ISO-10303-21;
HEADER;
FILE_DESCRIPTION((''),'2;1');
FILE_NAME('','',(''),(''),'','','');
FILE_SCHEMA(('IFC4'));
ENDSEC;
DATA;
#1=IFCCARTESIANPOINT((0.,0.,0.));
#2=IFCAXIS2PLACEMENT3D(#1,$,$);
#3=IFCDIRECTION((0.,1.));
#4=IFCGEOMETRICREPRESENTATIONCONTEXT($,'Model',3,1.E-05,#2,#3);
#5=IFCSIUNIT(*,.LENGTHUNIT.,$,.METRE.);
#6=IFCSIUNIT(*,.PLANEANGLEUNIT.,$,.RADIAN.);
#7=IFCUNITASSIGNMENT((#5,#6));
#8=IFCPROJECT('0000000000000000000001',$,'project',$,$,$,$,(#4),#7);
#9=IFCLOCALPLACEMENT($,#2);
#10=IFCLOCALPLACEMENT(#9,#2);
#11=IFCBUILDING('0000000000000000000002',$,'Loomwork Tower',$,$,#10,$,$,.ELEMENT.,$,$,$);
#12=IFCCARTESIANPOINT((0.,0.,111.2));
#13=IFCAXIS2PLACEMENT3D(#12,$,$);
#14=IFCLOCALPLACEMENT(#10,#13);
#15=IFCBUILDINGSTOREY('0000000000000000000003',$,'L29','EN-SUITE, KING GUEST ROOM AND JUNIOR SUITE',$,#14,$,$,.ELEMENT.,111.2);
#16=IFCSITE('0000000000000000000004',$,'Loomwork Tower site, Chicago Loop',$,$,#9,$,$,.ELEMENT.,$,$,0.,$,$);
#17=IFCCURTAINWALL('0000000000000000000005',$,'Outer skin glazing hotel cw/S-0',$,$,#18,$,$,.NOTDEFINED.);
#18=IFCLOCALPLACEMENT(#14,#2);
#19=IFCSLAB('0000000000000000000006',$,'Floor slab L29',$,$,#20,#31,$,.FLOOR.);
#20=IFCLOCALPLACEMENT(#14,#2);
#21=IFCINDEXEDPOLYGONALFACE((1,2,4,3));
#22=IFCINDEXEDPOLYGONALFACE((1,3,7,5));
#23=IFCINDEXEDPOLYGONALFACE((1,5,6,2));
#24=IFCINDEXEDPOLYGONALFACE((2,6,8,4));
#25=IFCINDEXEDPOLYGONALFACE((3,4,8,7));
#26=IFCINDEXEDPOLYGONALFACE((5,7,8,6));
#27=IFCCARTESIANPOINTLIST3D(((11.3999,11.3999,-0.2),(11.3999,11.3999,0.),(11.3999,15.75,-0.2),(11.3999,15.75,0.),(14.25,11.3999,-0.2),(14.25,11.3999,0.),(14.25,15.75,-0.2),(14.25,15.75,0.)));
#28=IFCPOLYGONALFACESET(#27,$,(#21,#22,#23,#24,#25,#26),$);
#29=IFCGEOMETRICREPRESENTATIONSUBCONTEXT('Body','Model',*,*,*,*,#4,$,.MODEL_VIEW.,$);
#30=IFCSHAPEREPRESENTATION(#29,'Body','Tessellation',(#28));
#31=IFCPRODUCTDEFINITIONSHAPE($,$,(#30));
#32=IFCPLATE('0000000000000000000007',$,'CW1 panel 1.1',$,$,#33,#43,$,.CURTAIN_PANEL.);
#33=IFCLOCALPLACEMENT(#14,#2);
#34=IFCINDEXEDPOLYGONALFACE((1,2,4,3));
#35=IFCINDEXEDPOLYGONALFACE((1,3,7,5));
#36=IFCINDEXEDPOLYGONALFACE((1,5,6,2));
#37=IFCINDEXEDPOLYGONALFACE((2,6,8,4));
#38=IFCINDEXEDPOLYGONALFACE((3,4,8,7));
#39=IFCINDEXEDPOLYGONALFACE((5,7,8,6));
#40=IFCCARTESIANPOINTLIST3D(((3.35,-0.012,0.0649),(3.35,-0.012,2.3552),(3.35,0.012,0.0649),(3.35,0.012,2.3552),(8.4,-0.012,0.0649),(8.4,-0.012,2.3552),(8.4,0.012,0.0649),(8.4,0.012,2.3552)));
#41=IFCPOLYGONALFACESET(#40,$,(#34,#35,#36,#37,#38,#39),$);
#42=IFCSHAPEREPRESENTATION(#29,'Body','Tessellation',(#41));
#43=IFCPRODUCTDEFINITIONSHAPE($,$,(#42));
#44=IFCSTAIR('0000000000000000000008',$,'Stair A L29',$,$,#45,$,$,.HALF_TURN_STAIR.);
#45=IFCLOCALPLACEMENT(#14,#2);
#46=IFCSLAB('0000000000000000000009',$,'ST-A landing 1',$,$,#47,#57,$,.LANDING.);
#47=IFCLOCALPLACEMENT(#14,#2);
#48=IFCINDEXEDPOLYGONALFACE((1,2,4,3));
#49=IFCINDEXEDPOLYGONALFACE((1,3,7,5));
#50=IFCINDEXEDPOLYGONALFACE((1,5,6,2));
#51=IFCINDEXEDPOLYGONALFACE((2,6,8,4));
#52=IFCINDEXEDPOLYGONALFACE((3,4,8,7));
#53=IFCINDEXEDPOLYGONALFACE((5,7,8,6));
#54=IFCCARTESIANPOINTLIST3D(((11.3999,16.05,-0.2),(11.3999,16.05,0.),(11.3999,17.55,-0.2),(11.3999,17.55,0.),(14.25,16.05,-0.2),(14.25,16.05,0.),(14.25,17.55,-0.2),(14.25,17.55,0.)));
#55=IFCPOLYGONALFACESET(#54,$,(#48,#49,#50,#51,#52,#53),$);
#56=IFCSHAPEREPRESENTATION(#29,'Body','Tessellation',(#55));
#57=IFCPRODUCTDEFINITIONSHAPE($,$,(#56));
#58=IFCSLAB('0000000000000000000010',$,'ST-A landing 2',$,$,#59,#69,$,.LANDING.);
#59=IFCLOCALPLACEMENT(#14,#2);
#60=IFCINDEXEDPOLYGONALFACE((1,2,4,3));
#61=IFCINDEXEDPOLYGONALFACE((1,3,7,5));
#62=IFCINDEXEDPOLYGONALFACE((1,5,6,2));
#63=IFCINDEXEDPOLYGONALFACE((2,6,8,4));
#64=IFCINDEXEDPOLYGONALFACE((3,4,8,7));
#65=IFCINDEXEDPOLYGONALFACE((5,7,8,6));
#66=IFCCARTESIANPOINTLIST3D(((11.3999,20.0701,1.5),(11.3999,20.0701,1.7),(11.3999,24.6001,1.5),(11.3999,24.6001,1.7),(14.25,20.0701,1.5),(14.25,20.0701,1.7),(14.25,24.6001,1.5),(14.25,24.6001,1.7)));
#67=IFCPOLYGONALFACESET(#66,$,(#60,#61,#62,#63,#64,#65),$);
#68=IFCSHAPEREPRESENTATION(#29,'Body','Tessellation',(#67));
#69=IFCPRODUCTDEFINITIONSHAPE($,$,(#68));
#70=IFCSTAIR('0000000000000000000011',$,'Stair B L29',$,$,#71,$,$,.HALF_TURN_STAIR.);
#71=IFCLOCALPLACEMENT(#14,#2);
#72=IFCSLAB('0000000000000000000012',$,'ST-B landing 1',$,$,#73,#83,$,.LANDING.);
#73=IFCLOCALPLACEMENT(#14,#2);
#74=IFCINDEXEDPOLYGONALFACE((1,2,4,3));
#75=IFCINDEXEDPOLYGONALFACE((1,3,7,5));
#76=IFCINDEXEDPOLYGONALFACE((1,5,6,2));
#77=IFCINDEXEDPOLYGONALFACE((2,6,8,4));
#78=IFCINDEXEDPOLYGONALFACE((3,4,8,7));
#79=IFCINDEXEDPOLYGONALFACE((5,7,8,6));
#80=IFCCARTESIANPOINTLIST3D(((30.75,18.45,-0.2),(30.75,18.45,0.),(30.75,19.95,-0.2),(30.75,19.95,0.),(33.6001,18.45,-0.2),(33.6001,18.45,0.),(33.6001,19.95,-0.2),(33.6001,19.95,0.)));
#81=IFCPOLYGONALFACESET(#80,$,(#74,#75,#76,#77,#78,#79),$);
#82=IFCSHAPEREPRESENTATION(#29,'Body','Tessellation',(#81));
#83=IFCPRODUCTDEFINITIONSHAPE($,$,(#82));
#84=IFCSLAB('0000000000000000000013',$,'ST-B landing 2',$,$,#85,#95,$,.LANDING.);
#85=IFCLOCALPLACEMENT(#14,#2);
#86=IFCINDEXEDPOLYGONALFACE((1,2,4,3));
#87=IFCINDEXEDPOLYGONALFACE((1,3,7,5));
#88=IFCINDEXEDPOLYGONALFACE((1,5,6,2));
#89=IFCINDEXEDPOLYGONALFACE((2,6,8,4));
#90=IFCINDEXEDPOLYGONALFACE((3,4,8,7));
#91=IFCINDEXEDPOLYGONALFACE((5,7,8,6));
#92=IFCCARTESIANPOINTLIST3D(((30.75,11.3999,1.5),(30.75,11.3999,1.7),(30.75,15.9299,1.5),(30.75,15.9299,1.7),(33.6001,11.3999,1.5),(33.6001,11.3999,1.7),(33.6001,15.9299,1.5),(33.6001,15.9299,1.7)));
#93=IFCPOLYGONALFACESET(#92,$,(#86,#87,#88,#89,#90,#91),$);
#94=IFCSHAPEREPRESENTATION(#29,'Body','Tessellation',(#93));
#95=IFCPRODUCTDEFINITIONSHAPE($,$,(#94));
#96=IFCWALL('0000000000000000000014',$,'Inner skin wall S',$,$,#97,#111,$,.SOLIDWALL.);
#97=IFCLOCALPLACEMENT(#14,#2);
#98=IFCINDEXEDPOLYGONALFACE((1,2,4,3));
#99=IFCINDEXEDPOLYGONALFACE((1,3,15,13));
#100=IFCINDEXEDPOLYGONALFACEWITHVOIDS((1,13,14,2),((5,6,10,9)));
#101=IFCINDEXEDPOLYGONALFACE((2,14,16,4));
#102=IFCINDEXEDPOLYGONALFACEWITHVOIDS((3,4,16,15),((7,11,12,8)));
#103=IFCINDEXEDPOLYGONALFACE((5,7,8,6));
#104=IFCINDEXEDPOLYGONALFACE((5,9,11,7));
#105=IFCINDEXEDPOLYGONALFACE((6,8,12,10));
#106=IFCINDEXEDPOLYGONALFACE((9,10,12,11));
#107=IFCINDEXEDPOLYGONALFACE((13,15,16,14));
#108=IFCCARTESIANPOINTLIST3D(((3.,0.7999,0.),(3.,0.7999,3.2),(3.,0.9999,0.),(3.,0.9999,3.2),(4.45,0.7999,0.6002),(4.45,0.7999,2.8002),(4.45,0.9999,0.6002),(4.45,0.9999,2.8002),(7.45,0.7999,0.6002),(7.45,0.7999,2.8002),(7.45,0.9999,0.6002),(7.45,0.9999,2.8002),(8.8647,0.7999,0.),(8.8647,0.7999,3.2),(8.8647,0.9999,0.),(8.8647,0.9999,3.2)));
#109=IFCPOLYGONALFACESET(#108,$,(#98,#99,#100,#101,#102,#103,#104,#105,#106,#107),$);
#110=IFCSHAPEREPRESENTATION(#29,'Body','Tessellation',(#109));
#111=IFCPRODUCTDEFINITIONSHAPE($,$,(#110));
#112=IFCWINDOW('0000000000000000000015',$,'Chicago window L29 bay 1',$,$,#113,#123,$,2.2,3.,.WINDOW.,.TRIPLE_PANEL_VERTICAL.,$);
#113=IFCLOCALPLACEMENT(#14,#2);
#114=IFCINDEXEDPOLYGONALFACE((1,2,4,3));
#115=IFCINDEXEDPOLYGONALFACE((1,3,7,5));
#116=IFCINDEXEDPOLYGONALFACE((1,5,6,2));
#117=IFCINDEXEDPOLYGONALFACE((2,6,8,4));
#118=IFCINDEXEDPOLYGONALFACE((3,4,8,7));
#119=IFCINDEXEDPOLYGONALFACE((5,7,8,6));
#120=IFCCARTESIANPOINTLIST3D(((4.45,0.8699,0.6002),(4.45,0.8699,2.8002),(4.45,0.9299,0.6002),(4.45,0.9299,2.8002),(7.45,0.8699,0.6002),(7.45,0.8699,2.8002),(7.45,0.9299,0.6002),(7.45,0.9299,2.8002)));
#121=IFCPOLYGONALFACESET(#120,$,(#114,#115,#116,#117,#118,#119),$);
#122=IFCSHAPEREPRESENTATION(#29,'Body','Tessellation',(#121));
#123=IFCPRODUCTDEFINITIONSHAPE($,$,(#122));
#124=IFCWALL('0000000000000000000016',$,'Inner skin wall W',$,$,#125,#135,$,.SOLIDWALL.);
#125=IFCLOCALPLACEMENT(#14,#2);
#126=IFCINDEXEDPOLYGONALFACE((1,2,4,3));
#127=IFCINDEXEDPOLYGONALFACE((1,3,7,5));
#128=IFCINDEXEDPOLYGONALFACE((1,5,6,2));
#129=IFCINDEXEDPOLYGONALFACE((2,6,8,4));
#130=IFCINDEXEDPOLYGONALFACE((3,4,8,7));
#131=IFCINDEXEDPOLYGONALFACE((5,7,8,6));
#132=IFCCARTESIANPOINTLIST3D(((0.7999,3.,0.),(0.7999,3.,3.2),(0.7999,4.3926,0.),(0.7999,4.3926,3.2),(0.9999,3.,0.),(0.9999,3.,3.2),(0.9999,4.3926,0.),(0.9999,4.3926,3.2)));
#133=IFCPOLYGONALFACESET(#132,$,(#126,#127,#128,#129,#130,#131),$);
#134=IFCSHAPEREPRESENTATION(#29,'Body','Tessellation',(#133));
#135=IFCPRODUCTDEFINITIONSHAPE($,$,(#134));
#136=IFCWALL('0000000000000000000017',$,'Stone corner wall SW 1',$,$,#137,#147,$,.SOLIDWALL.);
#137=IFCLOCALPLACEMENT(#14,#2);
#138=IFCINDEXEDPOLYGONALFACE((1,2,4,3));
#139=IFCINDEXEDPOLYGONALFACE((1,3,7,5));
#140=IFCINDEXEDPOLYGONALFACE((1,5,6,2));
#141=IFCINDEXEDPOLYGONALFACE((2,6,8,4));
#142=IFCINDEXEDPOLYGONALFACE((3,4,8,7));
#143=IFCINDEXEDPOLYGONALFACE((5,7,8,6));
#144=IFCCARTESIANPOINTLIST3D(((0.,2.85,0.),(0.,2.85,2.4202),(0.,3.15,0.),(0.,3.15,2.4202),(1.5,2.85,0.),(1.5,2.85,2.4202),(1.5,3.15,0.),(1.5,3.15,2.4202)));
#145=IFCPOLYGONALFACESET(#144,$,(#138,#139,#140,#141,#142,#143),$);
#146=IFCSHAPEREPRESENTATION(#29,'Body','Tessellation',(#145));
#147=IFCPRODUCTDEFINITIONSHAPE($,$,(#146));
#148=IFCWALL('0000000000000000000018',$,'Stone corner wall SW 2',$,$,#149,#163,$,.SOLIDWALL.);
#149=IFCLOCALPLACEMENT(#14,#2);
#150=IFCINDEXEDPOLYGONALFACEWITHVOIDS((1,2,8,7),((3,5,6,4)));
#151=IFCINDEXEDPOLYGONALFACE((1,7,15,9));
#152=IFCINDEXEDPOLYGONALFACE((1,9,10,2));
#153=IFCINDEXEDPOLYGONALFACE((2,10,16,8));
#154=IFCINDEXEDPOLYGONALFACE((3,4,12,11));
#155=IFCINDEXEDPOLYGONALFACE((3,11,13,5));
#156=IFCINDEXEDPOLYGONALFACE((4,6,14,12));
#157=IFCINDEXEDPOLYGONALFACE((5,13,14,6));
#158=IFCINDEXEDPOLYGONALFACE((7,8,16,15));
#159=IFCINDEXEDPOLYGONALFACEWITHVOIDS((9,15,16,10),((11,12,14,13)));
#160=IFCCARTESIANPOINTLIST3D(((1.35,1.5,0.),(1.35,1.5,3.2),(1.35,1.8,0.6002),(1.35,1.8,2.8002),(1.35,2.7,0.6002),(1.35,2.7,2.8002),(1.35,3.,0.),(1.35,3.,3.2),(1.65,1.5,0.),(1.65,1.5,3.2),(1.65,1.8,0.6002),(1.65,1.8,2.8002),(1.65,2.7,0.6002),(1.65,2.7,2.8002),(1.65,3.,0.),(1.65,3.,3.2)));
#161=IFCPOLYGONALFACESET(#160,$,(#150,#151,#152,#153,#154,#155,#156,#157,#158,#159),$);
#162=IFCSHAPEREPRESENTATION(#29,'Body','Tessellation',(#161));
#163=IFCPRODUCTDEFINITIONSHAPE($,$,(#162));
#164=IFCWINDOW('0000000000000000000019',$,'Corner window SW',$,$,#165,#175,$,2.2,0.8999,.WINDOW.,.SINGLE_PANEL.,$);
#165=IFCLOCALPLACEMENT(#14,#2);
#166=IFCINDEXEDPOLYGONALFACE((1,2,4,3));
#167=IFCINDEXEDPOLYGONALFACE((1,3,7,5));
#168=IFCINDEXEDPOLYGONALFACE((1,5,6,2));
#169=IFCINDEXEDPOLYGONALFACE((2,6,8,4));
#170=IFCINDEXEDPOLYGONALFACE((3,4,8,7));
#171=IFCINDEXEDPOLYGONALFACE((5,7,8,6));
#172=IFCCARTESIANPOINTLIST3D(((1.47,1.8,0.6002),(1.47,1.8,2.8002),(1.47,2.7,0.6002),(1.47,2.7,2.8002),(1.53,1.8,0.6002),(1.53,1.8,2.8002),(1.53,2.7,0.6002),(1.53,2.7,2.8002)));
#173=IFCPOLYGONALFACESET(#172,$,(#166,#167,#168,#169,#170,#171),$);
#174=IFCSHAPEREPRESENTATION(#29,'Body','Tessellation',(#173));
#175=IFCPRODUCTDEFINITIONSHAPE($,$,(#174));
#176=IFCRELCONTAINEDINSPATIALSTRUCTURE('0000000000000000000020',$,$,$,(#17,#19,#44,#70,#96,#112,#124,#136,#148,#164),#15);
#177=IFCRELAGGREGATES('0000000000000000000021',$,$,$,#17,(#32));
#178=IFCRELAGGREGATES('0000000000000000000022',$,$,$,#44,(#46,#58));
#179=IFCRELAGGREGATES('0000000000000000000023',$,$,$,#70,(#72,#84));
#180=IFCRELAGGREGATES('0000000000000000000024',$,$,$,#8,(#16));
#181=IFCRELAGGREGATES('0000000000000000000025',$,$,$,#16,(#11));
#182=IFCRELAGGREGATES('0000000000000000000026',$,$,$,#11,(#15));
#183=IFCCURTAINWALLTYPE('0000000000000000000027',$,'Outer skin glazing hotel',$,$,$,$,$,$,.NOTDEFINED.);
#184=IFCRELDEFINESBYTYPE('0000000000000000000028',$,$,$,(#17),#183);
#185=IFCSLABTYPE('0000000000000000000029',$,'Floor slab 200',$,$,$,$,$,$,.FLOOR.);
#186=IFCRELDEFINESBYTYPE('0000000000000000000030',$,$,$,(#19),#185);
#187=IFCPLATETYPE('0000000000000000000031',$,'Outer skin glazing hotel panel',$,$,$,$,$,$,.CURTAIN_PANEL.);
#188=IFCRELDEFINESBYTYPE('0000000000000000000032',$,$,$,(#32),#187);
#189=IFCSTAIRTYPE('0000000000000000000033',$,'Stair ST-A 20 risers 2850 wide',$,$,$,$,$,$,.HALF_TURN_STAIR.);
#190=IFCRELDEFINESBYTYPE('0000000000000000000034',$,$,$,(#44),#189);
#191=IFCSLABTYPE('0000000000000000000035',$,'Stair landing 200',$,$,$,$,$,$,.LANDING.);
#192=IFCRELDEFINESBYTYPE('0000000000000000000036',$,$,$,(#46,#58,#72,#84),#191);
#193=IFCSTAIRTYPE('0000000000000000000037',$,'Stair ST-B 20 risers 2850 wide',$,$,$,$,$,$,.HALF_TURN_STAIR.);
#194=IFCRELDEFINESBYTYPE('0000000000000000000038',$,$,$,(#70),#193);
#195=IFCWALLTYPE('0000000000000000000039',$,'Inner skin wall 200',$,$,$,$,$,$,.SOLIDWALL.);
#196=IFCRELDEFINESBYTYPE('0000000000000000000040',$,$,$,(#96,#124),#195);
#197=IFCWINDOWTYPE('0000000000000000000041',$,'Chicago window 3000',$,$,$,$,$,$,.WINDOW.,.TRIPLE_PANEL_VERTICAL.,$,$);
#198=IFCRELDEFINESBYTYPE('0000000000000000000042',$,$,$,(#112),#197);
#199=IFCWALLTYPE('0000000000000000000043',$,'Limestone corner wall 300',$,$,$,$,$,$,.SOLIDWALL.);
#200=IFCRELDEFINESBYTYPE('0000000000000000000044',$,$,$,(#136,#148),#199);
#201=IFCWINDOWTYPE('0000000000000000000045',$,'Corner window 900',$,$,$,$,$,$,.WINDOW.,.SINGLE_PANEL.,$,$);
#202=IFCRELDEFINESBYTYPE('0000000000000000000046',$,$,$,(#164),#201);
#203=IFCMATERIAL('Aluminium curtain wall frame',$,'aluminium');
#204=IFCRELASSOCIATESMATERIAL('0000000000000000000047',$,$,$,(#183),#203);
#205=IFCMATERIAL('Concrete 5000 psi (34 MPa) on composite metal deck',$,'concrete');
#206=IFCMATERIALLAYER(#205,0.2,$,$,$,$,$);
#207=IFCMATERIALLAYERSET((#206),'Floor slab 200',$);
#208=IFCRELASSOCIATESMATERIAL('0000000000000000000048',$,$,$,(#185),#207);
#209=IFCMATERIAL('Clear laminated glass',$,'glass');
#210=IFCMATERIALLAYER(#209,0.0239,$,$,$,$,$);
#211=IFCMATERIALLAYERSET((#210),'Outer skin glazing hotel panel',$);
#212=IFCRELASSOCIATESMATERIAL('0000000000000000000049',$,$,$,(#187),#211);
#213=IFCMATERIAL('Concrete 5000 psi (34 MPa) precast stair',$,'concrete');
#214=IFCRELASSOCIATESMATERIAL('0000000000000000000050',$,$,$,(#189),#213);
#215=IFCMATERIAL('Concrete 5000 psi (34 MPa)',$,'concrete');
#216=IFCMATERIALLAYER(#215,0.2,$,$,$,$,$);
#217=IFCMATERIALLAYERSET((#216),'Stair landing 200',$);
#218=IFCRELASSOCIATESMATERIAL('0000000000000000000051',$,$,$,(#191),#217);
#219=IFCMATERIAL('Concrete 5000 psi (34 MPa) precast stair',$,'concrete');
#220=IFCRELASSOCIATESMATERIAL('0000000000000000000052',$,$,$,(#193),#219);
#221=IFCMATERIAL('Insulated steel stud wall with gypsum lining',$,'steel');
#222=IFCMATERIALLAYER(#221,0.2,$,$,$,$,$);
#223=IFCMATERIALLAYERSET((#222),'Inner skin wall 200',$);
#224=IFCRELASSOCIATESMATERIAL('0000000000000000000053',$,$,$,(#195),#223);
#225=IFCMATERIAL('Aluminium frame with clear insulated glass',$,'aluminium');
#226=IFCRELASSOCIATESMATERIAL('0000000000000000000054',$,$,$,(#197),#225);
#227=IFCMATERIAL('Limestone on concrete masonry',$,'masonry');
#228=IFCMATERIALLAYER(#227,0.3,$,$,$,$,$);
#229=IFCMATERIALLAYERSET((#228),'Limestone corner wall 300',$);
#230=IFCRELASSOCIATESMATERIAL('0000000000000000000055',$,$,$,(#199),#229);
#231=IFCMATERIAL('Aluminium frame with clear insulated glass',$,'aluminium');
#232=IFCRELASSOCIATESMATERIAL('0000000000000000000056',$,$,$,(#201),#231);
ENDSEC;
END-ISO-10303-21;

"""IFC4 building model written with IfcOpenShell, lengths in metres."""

from ifc_helpers import new_model, si_unit, direction, frame, frame_2d, origin, origin_2d, place, context, subcontext, project, spatial, polyline, rectangle, outline, extrude, material, layer, layer_set, type_object, element, fill, aggregate, save


model = new_model("IFC4")

# Units and contexts
model_context = context("Model", 3, precision=1e-05, world=origin(), true_north=direction((0.0, 1.0)))
body_context = subcontext(model_context, "Body", "Model", "MODEL_VIEW")
ifc_project = project(units=[si_unit("LENGTHUNIT", "METRE"), si_unit("PLANEANGLEUNIT", "RADIAN")], contexts=[model_context])

# Site, building, storey
site_placement = place(None, origin())
site = spatial("IfcSite", under=ifc_project, at=site_placement, Name="Loomwork Tower site, Chicago Loop", CompositionType="ELEMENT", RefElevation=0.0)
building_placement = place(site_placement, origin())
building = spatial("IfcBuilding", under=site, at=building_placement, Name="Loomwork Tower", CompositionType="ELEMENT")
storey_placement = place(building_placement, frame((0.0, 0.0, 111.2)))
storey = spatial("IfcBuildingStorey", under=building, at=storey_placement, Name="L29", Description="EN-SUITE, KING GUEST ROOM AND JUNIOR SUITE", CompositionType="ELEMENT", Elevation=111.2)

# Curtain wall
ifc_material_1 = material(Name="Aluminium curtain wall frame", Category="aluminium")
curtain_wall_type = type_object("IfcCurtainWallType", Name="Outer skin glazing hotel", PredefinedType="NOTDEFINED", material=ifc_material_1)
curtain_wall_placement = place(storey_placement, origin())
curtain_wall = element("IfcCurtainWall", 1, at=curtain_wall_placement, inside=storey, type_object=curtain_wall_type, Name="Outer skin glazing hotel cw/S-0", PredefinedType="NOTDEFINED")

# Slab
ifc_material_2 = material(Name="Concrete 5000 psi (34 MPa) on composite metal deck", Category="concrete")
ifc_layer_1 = layer(ifc_material_2, 0.2)
ifc_layer_set_1 = layer_set([ifc_layer_1], Name="Floor slab 200")
slab_type_1 = type_object("IfcSlabType", Name="Floor slab 200", PredefinedType="FLOOR", material=ifc_layer_set_1)
slab_1_placement = place(storey_placement, frame((0.0, 0.0, -0.2)))
element("IfcSlab", 2, at=slab_1_placement, inside=storey, type_object=slab_type_1, Name="Floor slab L29", PredefinedType="FLOOR", context=body_context, shape_type="SweptSolid", body=[
    extrude(outline(polyline([(14.25, 15.75), (14.25, 11.3999), (11.3999, 11.3999), (11.3999, 15.75), (14.25, 15.75)])), origin(), (0.0, 0.0, 1.0), 0.2),
])

# Plate
ifc_material_3 = material(Name="Clear laminated glass", Category="glass")
ifc_layer_2 = layer(ifc_material_3, 0.0239)
ifc_layer_set_2 = layer_set([ifc_layer_2], Name="Outer skin glazing hotel panel")
plate_type = type_object("IfcPlateType", Name="Outer skin glazing hotel panel", PredefinedType="CURTAIN_PANEL", material=ifc_layer_set_2)
plate_placement = place(storey_placement, frame((5.875, 0.0, 0.0649), z_axis=(0.0, 0.0, 1.0), x_axis=(1.0, 0.0, 0.0)))
plate = element("IfcPlate", 3, at=plate_placement, type_object=plate_type, Name="CW1 panel 1.1", PredefinedType="CURTAIN_PANEL", context=body_context, shape_type="SweptSolid", body=[
    extrude(rectangle(XDim=5.05, YDim=0.0239, at=origin_2d()), origin(), (0.0, 0.0, 1.0), 2.2903),
])
aggregate(curtain_wall, [plate])

# Stairs, slabs
ifc_material_4 = material(Name="Concrete 5000 psi (34 MPa) precast stair", Category="concrete")
stair_type_1 = type_object("IfcStairType", Name="Stair ST-A 20 risers 2850 wide", PredefinedType="HALF_TURN_STAIR", material=ifc_material_4)
stair_1_placement = place(storey_placement, origin())
stair_1 = element("IfcStair", 4, at=stair_1_placement, inside=storey, type_object=stair_type_1, Name="Stair A L29", PredefinedType="HALF_TURN_STAIR")
ifc_material_5 = material(Name="Concrete 5000 psi (34 MPa)", Category="concrete")
ifc_layer_3 = layer(ifc_material_5, 0.2)
ifc_layer_set_3 = layer_set([ifc_layer_3], Name="Stair landing 200")
slab_type_2 = type_object("IfcSlabType", Name="Stair landing 200", PredefinedType="LANDING", material=ifc_layer_set_3)
slab_2_placement = place(storey_placement, frame((0.0, 0.0, -0.2)))
slab_2 = element("IfcSlab", 5, at=slab_2_placement, type_object=slab_type_2, Name="ST-A landing 1", PredefinedType="LANDING", context=body_context, shape_type="SweptSolid", body=[
    extrude(outline(polyline([(11.3999, 16.05), (14.25, 16.05), (14.25, 17.55), (11.3999, 17.55), (11.3999, 16.05)])), origin(), (0.0, 0.0, 1.0), 0.2),
])
slab_3_placement = place(storey_placement, frame((0.0, 0.0, 1.5)))
slab_3 = element("IfcSlab", 6, at=slab_3_placement, type_object=slab_type_2, Name="ST-A landing 2", PredefinedType="LANDING", context=body_context, shape_type="SweptSolid", body=[
    extrude(outline(polyline([(11.3999, 20.0701), (14.25, 20.0701), (14.25, 24.6001), (11.3999, 24.6001), (11.3999, 20.0701)])), origin(), (0.0, 0.0, 1.0), 0.2),
])
aggregate(stair_1, [slab_2, slab_3])
ifc_material_6 = material(Name="Concrete 5000 psi (34 MPa) precast stair", Category="concrete")
stair_type_2 = type_object("IfcStairType", Name="Stair ST-B 20 risers 2850 wide", PredefinedType="HALF_TURN_STAIR", material=ifc_material_6)
stair_2_placement = place(storey_placement, origin())
stair_2 = element("IfcStair", 7, at=stair_2_placement, inside=storey, type_object=stair_type_2, Name="Stair B L29", PredefinedType="HALF_TURN_STAIR")
slab_4_placement = place(storey_placement, frame((0.0, 0.0, -0.2)))
slab_4 = element("IfcSlab", 8, at=slab_4_placement, type_object=slab_type_2, Name="ST-B landing 1", PredefinedType="LANDING", context=body_context, shape_type="SweptSolid", body=[
    extrude(outline(polyline([(30.75, 18.45), (33.6001, 18.45), (33.6001, 19.95), (30.75, 19.95), (30.75, 18.45)])), origin(), (0.0, 0.0, 1.0), 0.2),
])
slab_5_placement = place(storey_placement, frame((0.0, 0.0, 1.5)))
slab_5 = element("IfcSlab", 9, at=slab_5_placement, type_object=slab_type_2, Name="ST-B landing 2", PredefinedType="LANDING", context=body_context, shape_type="SweptSolid", body=[
    extrude(outline(polyline([(30.75, 11.3999), (33.6001, 11.3999), (33.6001, 15.9299), (30.75, 15.9299), (30.75, 11.3999)])), origin(), (0.0, 0.0, 1.0), 0.2),
])
aggregate(stair_2, [slab_4, slab_5])

# Wall, opening, window
ifc_material_7 = material(Name="Insulated steel stud wall with gypsum lining", Category="steel")
ifc_layer_4 = layer(ifc_material_7, 0.2)
ifc_layer_set_4 = layer_set([ifc_layer_4], Name="Inner skin wall 200")
wall_type_1 = type_object("IfcWallType", Name="Inner skin wall 200", PredefinedType="SOLIDWALL", material=ifc_layer_set_4)
wall_1_placement = place(storey_placement, frame((3.0, 0.8999, 0.0), z_axis=(0.0, 0.0, 1.0), x_axis=(1.0, 0.0, 0.0)))
wall_1 = element("IfcWall", 10, at=wall_1_placement, inside=storey, type_object=wall_type_1, Name="Inner skin wall S", PredefinedType="SOLIDWALL", context=body_context, shape_type="SweptSolid", body=[
    extrude(rectangle(XDim=5.8647, YDim=0.2, at=frame_2d((2.9324, 0.0))), origin(), (0.0, 0.0, 1.0), 3.2),
])
opening_1_placement = place(wall_1_placement, frame((1.45, 0.0, 0.6001)))
opening_1 = element("IfcOpeningElement", 11, at=opening_1_placement, cuts=wall_1, PredefinedType="OPENING", context=body_context, shape_type="SweptSolid", body=[
    extrude(rectangle(XDim=3.0, YDim=2.2, at=frame_2d((1.5, 1.1001))), frame((0.0, 0.1099, 0.0), z_axis=(0.0, -1.0, 0.0), x_axis=(1.0, 0.0, 0.0)), (0.0, 0.0, 1.0), 0.22),
])
ifc_material_8 = material(Name="Aluminium frame with clear insulated glass", Category="aluminium")
window_type_1 = type_object("IfcWindowType", Name="Chicago window 3000", PartitioningType="TRIPLE_PANEL_VERTICAL", PredefinedType="WINDOW", material=ifc_material_8)
window_1_placement = place(opening_1_placement, origin())
window_1 = element("IfcWindow", 12, at=window_1_placement, inside=storey, type_object=window_type_1, Name="Chicago window L29 bay 1", OverallHeight=2.2, OverallWidth=3.0, PartitioningType="TRIPLE_PANEL_VERTICAL", PredefinedType="WINDOW", context=body_context, shape_type="SweptSolid", body=[
    extrude(rectangle(XDim=3.0, YDim=2.2, at=frame_2d((1.5, 1.1001))), frame((0.0, 0.03, 0.0), z_axis=(0.0, -1.0, 0.0), x_axis=(1.0, 0.0, 0.0)), (0.0, 0.0, 1.0), 0.0601),
])
fill(opening_1, window_1)

# Walls
wall_2_placement = place(storey_placement, frame((0.8999, 3.0, 0.0), z_axis=(0.0, 0.0, 1.0), x_axis=(0.0, 1.0, 0.0)))
element("IfcWall", 13, at=wall_2_placement, inside=storey, type_object=wall_type_1, Name="Inner skin wall W", PredefinedType="SOLIDWALL", context=body_context, shape_type="SweptSolid", body=[
    extrude(rectangle(XDim=1.3926, YDim=0.2, at=frame_2d((0.6963, 0.0))), origin(), (0.0, 0.0, 1.0), 3.2),
])
ifc_material_9 = material(Name="Limestone on concrete masonry", Category="masonry")
ifc_layer_5 = layer(ifc_material_9, 0.3)
ifc_layer_set_5 = layer_set([ifc_layer_5], Name="Limestone corner wall 300")
wall_type_2 = type_object("IfcWallType", Name="Limestone corner wall 300", PredefinedType="SOLIDWALL", material=ifc_layer_set_5)
wall_3_placement = place(storey_placement, frame((0.0, 3.0, 0.0), z_axis=(0.0, 0.0, 1.0), x_axis=(1.0, 0.0, 0.0)))
element("IfcWall", 14, at=wall_3_placement, inside=storey, type_object=wall_type_2, Name="Stone corner wall SW 1", PredefinedType="SOLIDWALL", context=body_context, shape_type="SweptSolid", body=[
    extrude(rectangle(XDim=1.5, YDim=0.3, at=frame_2d((0.75, 0.0))), origin(), (0.0, 0.0, 1.0), 2.4202),
])

# Wall, opening, window
wall_4_placement = place(storey_placement, frame((1.5, 3.0, 0.0), z_axis=(0.0, 0.0, 1.0), x_axis=(0.0, -1.0, 0.0)))
wall_4 = element("IfcWall", 15, at=wall_4_placement, inside=storey, type_object=wall_type_2, Name="Stone corner wall SW 2", PredefinedType="SOLIDWALL", context=body_context, shape_type="SweptSolid", body=[
    extrude(rectangle(XDim=1.5, YDim=0.3, at=frame_2d((0.75, 0.0))), origin(), (0.0, 0.0, 1.0), 3.2),
])
opening_2_placement = place(wall_4_placement, frame((0.3, 0.0, 0.6001)))
opening_2 = element("IfcOpeningElement", 16, at=opening_2_placement, cuts=wall_4, PredefinedType="OPENING", context=body_context, shape_type="SweptSolid", body=[
    extrude(rectangle(XDim=0.8999, YDim=2.2, at=frame_2d((0.45, 1.1001))), frame((0.0, 0.1599, 0.0), z_axis=(0.0, -1.0, 0.0), x_axis=(1.0, 0.0, 0.0)), (0.0, 0.0, 1.0), 0.3201),
])
ifc_material_10 = material(Name="Aluminium frame with clear insulated glass", Category="aluminium")
window_type_2 = type_object("IfcWindowType", Name="Corner window 900", PartitioningType="SINGLE_PANEL", PredefinedType="WINDOW", material=ifc_material_10)
window_2_placement = place(opening_2_placement, origin())
window_2 = element("IfcWindow", 17, at=window_2_placement, inside=storey, type_object=window_type_2, Name="Corner window SW", OverallHeight=2.2, OverallWidth=0.8999, PartitioningType="SINGLE_PANEL", PredefinedType="WINDOW", context=body_context, shape_type="SweptSolid", body=[
    extrude(rectangle(XDim=0.8999, YDim=2.2, at=frame_2d((0.45, 1.1001))), frame((0.0, 0.03, 0.0), z_axis=(0.0, -1.0, 0.0), x_axis=(1.0, 0.0, 0.0)), (0.0, 0.0, 1.0), 0.0601),
])
fill(opening_2, window_2)

save(model, "model.ifc")
